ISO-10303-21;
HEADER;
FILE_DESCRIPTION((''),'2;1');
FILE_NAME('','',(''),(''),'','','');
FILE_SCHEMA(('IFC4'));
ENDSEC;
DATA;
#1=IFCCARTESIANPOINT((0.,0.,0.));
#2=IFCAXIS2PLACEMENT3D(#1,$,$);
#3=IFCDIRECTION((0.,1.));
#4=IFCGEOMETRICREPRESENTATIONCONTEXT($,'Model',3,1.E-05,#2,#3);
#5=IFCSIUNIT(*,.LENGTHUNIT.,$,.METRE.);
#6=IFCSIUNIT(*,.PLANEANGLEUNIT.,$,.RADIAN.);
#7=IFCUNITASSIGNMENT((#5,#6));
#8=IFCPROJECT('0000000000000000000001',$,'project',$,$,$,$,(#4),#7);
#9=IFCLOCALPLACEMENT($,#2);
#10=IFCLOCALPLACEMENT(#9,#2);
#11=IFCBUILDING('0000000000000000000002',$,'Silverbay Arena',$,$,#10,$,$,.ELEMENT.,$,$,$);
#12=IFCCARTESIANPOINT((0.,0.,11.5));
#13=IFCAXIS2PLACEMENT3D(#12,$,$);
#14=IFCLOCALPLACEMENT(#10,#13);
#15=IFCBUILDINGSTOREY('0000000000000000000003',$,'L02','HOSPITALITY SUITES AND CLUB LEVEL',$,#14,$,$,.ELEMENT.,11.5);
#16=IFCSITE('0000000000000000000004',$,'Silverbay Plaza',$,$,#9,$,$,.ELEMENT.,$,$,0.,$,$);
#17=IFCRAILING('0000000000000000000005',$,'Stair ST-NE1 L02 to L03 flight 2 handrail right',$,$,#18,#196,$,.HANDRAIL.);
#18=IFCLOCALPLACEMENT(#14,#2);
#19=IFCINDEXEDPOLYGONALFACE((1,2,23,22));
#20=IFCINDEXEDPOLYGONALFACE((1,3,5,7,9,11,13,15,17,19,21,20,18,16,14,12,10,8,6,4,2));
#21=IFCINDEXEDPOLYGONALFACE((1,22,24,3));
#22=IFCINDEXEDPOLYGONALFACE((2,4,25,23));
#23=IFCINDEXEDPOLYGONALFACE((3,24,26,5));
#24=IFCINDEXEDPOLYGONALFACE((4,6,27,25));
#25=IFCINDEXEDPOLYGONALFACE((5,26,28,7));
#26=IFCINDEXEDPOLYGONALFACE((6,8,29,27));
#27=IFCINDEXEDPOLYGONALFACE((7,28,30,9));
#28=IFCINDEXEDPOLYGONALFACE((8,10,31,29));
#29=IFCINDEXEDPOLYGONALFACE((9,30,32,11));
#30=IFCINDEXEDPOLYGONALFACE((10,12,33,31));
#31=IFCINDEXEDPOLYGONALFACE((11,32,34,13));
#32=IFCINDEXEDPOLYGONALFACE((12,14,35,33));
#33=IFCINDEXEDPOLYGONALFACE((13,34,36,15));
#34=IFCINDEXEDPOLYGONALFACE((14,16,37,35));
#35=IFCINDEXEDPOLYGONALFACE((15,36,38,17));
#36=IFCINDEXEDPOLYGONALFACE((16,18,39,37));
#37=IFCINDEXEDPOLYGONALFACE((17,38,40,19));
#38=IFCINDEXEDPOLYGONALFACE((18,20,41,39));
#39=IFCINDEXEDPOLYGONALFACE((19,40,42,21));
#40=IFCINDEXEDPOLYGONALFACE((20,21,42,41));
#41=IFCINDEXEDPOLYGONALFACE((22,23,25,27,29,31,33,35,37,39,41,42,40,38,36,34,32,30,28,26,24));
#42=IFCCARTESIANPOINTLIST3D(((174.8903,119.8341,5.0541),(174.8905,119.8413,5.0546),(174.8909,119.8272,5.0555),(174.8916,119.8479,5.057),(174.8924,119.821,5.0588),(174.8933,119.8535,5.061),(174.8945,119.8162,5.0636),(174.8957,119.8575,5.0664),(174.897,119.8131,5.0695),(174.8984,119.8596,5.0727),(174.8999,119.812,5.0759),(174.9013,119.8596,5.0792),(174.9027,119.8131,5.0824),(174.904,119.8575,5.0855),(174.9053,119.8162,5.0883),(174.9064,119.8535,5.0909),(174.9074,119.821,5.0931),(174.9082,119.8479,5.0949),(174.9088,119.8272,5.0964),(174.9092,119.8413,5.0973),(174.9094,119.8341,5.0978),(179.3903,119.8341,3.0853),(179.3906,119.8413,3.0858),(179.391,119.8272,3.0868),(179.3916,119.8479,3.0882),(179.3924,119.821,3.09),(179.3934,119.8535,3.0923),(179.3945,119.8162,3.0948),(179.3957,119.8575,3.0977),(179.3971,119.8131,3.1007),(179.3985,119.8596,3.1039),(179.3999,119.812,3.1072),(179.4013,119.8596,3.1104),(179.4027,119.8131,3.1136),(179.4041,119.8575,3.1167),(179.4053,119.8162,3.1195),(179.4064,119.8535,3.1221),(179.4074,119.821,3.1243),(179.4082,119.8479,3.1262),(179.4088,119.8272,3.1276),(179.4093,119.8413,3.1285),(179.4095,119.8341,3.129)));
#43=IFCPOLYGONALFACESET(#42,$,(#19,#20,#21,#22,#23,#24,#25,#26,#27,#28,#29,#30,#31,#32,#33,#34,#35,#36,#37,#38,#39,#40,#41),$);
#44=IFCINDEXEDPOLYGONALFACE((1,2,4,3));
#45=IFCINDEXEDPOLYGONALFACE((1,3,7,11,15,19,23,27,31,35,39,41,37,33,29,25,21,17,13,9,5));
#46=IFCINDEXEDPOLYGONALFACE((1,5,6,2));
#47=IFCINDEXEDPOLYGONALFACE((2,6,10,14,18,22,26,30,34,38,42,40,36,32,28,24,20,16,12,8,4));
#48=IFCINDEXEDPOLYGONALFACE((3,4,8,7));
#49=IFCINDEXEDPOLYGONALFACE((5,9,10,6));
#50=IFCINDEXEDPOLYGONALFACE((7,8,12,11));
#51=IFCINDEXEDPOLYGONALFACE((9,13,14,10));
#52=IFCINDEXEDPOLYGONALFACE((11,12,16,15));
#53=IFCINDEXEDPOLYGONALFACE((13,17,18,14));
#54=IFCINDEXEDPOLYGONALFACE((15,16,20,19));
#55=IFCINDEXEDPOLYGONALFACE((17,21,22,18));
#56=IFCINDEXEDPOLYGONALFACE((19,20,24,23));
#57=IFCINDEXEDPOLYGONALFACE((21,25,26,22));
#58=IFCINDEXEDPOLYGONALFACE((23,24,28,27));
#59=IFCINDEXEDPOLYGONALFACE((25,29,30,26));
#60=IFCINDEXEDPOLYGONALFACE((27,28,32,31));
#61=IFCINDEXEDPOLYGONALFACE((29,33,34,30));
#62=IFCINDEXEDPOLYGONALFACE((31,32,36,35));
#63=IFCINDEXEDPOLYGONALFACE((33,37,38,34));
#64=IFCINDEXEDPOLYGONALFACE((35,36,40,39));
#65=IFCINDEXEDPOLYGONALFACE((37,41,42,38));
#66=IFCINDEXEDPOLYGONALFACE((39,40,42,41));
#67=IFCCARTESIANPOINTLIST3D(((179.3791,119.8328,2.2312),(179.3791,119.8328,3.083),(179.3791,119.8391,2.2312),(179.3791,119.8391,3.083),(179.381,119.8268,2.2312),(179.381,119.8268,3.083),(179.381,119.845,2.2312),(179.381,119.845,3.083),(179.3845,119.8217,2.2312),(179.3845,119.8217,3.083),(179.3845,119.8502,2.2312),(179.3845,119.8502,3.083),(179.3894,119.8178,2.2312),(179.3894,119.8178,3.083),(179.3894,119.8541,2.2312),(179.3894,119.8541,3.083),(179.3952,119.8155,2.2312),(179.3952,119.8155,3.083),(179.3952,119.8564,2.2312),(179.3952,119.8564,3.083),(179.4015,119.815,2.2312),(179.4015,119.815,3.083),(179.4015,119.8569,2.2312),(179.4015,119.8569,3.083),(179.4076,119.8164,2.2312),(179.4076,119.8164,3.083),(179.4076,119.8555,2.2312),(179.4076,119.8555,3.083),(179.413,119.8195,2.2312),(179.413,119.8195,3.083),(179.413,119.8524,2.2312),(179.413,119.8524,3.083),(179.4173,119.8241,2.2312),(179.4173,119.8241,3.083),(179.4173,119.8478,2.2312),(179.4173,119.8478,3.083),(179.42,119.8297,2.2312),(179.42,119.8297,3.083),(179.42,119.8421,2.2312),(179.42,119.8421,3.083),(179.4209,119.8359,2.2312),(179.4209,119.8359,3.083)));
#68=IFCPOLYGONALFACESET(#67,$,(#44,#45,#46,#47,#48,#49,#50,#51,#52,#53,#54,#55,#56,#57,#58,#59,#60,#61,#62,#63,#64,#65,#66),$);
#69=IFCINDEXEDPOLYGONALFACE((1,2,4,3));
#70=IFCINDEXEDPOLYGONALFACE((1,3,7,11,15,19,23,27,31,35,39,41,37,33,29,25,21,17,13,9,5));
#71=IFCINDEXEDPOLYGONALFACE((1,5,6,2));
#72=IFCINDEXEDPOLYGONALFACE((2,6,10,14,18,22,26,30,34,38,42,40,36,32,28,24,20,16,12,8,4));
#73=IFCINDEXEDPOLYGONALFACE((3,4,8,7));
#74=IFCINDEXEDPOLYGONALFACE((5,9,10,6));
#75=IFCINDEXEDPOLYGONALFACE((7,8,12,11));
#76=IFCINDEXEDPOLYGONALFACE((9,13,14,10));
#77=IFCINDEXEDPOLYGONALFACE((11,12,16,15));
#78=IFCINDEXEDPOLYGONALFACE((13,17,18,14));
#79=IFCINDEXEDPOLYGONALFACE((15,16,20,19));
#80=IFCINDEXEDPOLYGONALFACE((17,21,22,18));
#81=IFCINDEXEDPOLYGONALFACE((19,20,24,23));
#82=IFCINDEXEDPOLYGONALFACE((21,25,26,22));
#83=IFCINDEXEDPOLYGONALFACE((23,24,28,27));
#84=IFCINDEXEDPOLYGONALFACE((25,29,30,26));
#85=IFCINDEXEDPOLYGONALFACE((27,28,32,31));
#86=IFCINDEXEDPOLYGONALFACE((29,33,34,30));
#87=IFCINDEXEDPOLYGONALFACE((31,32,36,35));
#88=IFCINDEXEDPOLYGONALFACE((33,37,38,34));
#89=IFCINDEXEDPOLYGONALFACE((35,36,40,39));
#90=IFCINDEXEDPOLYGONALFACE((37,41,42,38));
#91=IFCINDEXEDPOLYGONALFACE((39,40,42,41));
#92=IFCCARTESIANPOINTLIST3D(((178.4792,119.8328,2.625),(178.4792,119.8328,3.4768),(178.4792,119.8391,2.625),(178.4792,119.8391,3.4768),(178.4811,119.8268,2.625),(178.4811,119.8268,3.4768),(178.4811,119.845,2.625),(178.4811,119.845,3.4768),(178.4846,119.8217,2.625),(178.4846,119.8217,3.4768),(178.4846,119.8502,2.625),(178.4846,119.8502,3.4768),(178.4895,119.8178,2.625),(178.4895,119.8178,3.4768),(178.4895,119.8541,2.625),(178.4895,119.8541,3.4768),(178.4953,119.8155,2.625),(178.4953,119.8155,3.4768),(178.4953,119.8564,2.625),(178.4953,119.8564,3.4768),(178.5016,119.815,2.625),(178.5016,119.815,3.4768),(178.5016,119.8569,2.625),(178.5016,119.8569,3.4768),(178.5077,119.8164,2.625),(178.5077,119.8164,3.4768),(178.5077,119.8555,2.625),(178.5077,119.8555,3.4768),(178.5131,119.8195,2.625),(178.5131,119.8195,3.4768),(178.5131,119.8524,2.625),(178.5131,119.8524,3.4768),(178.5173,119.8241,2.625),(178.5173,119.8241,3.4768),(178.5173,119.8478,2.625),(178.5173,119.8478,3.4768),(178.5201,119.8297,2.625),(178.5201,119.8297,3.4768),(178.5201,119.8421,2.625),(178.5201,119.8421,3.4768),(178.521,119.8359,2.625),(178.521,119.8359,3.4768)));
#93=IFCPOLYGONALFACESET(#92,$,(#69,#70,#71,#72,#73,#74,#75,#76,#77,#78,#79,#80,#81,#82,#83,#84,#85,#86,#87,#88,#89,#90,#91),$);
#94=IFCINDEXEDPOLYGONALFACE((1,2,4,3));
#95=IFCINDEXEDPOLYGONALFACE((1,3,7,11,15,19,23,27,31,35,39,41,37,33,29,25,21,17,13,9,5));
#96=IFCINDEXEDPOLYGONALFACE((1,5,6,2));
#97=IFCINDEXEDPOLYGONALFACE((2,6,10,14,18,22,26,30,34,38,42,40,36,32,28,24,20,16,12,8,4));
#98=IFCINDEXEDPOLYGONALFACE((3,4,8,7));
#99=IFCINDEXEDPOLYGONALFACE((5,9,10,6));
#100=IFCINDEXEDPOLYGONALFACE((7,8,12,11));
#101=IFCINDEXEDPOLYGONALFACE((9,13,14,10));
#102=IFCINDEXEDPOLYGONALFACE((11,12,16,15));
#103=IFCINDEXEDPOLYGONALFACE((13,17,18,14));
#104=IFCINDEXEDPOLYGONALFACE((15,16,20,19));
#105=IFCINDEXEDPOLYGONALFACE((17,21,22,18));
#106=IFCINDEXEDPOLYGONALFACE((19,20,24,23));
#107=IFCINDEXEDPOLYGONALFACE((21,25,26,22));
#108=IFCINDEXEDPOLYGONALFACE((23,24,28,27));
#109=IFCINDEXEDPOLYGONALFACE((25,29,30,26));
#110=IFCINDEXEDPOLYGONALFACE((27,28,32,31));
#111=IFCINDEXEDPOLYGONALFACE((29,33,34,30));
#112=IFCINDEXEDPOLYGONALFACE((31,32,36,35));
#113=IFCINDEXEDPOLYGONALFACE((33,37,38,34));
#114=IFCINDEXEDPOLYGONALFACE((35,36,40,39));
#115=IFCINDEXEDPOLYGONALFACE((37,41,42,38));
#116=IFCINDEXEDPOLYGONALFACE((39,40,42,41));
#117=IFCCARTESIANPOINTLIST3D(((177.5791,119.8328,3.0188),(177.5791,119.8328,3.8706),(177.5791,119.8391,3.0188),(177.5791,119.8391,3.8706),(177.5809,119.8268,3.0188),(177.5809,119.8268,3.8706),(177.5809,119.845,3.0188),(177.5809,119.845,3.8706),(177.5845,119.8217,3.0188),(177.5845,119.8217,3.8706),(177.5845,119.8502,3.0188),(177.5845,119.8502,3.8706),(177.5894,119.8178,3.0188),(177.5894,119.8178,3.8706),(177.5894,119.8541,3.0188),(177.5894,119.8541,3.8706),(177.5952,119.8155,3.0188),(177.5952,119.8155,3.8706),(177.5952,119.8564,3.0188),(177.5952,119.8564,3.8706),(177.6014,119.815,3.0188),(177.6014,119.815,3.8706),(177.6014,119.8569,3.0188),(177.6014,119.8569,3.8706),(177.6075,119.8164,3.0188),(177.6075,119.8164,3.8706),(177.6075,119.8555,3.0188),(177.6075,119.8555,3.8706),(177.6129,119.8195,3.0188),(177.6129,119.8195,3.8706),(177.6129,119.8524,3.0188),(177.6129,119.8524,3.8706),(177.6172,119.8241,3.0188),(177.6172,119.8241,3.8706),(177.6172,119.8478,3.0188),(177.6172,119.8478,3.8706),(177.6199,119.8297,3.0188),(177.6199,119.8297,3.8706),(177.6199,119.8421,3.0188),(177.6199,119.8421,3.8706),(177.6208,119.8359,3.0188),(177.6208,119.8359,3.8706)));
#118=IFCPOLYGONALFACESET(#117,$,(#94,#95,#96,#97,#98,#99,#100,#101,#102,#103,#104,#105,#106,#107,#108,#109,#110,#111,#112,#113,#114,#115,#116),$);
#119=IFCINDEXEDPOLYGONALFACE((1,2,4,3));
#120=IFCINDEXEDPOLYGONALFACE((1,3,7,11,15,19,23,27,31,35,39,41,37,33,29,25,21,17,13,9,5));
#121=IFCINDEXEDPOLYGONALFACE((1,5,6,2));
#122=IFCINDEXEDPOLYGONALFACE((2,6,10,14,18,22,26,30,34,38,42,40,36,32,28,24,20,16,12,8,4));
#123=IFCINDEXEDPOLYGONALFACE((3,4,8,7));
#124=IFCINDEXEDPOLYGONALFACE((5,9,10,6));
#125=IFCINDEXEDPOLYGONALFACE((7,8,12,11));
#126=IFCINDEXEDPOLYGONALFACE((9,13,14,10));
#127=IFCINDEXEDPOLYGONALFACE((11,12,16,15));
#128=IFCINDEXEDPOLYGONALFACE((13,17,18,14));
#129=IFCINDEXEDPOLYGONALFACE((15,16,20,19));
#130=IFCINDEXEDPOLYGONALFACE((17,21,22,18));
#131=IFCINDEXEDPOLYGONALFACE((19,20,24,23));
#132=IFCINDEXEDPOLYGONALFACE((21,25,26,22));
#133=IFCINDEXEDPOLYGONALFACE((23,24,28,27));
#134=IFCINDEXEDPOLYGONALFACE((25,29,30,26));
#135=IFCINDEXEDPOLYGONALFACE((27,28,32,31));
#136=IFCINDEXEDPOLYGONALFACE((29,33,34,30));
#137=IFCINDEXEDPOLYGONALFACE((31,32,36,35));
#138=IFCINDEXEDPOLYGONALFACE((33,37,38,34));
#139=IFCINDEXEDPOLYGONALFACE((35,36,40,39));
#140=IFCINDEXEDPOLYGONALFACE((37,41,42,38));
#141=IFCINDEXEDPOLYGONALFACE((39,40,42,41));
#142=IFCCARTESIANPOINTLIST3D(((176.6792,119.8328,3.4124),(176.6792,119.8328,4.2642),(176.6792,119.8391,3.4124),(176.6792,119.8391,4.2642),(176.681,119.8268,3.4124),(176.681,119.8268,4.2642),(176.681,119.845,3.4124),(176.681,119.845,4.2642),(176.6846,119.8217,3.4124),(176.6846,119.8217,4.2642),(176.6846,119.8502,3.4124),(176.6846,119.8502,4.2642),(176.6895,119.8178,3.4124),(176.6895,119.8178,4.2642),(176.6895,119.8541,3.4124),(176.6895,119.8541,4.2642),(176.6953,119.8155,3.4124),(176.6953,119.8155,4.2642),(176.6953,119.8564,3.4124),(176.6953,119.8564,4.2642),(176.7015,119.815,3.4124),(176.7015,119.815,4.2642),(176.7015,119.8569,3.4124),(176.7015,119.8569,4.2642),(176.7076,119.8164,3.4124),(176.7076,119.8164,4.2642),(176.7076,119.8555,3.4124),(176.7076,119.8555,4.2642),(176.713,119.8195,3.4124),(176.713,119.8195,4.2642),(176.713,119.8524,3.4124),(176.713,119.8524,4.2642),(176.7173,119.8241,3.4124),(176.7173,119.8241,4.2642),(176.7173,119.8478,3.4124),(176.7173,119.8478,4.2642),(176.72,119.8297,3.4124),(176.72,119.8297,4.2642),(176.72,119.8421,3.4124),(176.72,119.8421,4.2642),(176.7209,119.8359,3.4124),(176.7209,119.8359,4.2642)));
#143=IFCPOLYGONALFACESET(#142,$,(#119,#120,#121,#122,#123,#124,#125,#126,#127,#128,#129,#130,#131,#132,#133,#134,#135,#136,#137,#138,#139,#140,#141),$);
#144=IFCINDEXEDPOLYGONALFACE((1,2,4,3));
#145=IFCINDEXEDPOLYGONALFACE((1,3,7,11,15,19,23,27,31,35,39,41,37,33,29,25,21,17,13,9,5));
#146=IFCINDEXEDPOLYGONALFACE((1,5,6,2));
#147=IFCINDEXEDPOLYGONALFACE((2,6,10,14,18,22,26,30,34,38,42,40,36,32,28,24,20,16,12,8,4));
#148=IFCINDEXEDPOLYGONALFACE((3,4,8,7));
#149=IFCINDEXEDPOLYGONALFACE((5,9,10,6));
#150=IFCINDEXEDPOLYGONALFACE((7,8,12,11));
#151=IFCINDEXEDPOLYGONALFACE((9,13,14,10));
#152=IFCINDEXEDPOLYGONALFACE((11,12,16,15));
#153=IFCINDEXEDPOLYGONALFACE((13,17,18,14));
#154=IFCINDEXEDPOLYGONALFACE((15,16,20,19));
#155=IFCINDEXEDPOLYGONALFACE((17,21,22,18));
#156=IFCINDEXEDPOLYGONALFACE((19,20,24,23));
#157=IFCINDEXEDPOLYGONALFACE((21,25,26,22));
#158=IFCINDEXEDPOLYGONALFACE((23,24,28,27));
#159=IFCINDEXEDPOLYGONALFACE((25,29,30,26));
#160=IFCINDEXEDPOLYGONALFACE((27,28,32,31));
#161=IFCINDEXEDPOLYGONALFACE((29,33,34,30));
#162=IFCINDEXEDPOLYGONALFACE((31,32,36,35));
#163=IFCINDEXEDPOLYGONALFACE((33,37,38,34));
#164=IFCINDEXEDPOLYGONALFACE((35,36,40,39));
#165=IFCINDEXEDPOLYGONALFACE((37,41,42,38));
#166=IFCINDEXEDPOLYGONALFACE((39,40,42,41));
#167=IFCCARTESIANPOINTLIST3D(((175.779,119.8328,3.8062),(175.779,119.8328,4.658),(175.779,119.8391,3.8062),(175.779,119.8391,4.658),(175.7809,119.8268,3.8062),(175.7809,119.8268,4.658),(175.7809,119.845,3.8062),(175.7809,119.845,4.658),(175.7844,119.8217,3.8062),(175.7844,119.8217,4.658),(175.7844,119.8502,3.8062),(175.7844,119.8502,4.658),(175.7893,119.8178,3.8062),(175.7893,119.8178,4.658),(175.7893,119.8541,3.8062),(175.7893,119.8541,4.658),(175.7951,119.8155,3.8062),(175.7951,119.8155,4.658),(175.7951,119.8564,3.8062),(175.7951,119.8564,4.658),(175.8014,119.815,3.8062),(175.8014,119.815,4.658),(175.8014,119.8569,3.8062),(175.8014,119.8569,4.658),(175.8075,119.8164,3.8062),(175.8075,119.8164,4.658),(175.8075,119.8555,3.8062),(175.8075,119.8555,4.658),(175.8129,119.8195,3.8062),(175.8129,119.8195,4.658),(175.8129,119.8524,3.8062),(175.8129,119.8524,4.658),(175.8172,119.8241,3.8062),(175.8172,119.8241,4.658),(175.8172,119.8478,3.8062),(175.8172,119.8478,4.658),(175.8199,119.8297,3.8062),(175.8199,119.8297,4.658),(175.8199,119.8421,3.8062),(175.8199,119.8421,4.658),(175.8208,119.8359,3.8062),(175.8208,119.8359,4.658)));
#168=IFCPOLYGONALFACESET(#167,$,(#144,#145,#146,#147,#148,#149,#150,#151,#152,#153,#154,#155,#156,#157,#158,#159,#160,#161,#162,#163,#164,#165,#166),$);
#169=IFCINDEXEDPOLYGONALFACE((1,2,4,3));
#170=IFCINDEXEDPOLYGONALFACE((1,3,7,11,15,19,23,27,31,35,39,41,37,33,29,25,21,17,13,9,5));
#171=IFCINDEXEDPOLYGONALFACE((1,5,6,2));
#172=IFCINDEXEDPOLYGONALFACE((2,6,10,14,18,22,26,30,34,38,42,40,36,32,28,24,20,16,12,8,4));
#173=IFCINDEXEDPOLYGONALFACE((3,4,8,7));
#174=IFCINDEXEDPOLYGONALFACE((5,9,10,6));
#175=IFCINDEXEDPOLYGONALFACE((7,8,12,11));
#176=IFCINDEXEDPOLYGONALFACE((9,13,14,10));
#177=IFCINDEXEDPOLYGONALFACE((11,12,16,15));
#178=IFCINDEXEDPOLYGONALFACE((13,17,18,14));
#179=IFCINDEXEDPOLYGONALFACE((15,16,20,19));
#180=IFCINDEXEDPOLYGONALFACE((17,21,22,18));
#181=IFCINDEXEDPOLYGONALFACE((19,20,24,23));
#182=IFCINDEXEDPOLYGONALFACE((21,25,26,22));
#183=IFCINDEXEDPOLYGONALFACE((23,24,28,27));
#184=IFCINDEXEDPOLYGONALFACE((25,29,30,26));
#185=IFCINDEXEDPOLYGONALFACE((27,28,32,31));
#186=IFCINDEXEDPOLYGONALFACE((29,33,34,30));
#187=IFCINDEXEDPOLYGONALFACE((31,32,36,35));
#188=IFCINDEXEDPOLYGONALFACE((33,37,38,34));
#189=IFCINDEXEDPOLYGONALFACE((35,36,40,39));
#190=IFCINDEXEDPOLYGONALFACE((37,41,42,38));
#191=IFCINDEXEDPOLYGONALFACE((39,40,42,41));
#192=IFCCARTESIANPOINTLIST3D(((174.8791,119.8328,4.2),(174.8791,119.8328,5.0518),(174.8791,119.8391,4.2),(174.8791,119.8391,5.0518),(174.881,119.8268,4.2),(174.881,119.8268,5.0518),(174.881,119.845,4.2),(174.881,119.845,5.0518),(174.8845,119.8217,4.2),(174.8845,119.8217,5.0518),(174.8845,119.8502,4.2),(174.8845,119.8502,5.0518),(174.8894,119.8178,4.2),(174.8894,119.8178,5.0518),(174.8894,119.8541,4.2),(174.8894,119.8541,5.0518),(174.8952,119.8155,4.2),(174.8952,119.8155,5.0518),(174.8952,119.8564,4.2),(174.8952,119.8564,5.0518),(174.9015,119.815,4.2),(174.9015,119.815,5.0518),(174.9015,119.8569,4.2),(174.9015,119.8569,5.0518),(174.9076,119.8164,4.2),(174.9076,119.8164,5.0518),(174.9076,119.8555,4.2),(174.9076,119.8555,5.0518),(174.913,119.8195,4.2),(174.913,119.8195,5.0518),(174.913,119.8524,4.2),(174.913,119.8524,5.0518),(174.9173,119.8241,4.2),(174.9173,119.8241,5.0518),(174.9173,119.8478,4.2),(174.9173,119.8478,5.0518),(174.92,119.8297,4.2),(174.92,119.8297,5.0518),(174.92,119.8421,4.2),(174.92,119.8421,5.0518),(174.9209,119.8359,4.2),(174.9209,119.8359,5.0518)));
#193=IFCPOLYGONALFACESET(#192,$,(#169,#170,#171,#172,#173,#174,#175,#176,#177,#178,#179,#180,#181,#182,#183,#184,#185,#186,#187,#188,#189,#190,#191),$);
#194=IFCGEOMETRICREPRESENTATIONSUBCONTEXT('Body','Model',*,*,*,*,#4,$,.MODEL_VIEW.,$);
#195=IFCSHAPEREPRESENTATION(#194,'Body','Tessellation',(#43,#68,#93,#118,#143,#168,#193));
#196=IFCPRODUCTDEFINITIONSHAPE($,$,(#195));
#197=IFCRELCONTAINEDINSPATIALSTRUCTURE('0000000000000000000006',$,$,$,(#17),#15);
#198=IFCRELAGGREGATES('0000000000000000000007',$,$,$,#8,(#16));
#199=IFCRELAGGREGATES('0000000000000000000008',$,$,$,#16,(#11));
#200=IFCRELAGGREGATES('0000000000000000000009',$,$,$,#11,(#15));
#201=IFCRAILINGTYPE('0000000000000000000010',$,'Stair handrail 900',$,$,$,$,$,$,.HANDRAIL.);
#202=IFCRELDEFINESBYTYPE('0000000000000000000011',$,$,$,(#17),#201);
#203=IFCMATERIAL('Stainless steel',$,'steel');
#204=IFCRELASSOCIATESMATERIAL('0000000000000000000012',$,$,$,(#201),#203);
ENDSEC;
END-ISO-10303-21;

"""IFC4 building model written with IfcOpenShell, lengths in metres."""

from ifc_helpers import new_model, si_unit, direction, frame, origin, origin_2d, place, context, subcontext, project, spatial, circle, extrude, material, type_object, element, save


model = new_model("IFC4")

# Units and contexts
model_context = context("Model", 3, precision=1e-05, world=origin(), true_north=direction((0.0, 1.0)))
body_context = subcontext(model_context, "Body", "Model", "MODEL_VIEW")
ifc_project = project(units=[si_unit("LENGTHUNIT", "METRE"), si_unit("PLANEANGLEUNIT", "RADIAN")], contexts=[model_context])

# Site, building, storey
site_placement = place(None, origin())
site = spatial("IfcSite", under=ifc_project, at=site_placement, Name="Silverbay Plaza", CompositionType="ELEMENT", RefElevation=0.0)
building_placement = place(site_placement, origin())
building = spatial("IfcBuilding", under=site, at=building_placement, Name="Silverbay Arena", CompositionType="ELEMENT")
storey_placement = place(building_placement, frame((0.0, 0.0, 11.5)))
storey = spatial("IfcBuildingStorey", under=building, at=storey_placement, Name="L02", Description="HOSPITALITY SUITES AND CLUB LEVEL", CompositionType="ELEMENT", Elevation=11.5)

# Railing
ifc_material_1 = material(Name="Stainless steel", Category="steel")
railing_type_1 = type_object("IfcRailingType", Name="Stair handrail 900", PredefinedType="HANDRAIL", material=ifc_material_1)
for number, where, name in (
    (1, (179.3999, 119.8359, 2.2312), "Stair ST-NE1 L02 to L03 flight 2 handrail right"),
):
    element("IfcRailing", number, at=place(storey_placement, frame(where)), inside=storey, type_object=railing_type_1, Name=name, PredefinedType="HANDRAIL", context=body_context, shape_type="SweptSolid", body=[
        extrude(circle(Radius=0.0239, at=origin_2d()), frame((0.0, 0.0, 0.876), z_axis=(-0.916157, 0.0, 0.400819), x_axis=(0.0, -1.0, 0.0)), (0.0, 0.0, 1.0), 4.9119),
        extrude(circle(Radius=0.021, at=origin_2d()), origin(), (0.0, 0.0, 1.0), 0.8518),
        extrude(circle(Radius=0.021, at=origin_2d()), frame((-0.8999, 0.0, 0.3938)), (0.0, 0.0, 1.0), 0.8518),
        extrude(circle(Radius=0.021, at=origin_2d()), frame((-1.8, 0.0, 0.7876)), (0.0, 0.0, 1.0), 0.8518),
        extrude(circle(Radius=0.021, at=origin_2d()), frame((-2.7, 0.0, 1.1812)), (0.0, 0.0, 1.0), 0.8518),
        extrude(circle(Radius=0.021, at=origin_2d()), frame((-3.6001, 0.0, 1.575)), (0.0, 0.0, 1.0), 0.8518),
        extrude(circle(Radius=0.021, at=origin_2d()), frame((-4.5, 0.0, 1.9688)), (0.0, 0.0, 1.0), 0.8518),
    ])

save(model, "model.ifc")
